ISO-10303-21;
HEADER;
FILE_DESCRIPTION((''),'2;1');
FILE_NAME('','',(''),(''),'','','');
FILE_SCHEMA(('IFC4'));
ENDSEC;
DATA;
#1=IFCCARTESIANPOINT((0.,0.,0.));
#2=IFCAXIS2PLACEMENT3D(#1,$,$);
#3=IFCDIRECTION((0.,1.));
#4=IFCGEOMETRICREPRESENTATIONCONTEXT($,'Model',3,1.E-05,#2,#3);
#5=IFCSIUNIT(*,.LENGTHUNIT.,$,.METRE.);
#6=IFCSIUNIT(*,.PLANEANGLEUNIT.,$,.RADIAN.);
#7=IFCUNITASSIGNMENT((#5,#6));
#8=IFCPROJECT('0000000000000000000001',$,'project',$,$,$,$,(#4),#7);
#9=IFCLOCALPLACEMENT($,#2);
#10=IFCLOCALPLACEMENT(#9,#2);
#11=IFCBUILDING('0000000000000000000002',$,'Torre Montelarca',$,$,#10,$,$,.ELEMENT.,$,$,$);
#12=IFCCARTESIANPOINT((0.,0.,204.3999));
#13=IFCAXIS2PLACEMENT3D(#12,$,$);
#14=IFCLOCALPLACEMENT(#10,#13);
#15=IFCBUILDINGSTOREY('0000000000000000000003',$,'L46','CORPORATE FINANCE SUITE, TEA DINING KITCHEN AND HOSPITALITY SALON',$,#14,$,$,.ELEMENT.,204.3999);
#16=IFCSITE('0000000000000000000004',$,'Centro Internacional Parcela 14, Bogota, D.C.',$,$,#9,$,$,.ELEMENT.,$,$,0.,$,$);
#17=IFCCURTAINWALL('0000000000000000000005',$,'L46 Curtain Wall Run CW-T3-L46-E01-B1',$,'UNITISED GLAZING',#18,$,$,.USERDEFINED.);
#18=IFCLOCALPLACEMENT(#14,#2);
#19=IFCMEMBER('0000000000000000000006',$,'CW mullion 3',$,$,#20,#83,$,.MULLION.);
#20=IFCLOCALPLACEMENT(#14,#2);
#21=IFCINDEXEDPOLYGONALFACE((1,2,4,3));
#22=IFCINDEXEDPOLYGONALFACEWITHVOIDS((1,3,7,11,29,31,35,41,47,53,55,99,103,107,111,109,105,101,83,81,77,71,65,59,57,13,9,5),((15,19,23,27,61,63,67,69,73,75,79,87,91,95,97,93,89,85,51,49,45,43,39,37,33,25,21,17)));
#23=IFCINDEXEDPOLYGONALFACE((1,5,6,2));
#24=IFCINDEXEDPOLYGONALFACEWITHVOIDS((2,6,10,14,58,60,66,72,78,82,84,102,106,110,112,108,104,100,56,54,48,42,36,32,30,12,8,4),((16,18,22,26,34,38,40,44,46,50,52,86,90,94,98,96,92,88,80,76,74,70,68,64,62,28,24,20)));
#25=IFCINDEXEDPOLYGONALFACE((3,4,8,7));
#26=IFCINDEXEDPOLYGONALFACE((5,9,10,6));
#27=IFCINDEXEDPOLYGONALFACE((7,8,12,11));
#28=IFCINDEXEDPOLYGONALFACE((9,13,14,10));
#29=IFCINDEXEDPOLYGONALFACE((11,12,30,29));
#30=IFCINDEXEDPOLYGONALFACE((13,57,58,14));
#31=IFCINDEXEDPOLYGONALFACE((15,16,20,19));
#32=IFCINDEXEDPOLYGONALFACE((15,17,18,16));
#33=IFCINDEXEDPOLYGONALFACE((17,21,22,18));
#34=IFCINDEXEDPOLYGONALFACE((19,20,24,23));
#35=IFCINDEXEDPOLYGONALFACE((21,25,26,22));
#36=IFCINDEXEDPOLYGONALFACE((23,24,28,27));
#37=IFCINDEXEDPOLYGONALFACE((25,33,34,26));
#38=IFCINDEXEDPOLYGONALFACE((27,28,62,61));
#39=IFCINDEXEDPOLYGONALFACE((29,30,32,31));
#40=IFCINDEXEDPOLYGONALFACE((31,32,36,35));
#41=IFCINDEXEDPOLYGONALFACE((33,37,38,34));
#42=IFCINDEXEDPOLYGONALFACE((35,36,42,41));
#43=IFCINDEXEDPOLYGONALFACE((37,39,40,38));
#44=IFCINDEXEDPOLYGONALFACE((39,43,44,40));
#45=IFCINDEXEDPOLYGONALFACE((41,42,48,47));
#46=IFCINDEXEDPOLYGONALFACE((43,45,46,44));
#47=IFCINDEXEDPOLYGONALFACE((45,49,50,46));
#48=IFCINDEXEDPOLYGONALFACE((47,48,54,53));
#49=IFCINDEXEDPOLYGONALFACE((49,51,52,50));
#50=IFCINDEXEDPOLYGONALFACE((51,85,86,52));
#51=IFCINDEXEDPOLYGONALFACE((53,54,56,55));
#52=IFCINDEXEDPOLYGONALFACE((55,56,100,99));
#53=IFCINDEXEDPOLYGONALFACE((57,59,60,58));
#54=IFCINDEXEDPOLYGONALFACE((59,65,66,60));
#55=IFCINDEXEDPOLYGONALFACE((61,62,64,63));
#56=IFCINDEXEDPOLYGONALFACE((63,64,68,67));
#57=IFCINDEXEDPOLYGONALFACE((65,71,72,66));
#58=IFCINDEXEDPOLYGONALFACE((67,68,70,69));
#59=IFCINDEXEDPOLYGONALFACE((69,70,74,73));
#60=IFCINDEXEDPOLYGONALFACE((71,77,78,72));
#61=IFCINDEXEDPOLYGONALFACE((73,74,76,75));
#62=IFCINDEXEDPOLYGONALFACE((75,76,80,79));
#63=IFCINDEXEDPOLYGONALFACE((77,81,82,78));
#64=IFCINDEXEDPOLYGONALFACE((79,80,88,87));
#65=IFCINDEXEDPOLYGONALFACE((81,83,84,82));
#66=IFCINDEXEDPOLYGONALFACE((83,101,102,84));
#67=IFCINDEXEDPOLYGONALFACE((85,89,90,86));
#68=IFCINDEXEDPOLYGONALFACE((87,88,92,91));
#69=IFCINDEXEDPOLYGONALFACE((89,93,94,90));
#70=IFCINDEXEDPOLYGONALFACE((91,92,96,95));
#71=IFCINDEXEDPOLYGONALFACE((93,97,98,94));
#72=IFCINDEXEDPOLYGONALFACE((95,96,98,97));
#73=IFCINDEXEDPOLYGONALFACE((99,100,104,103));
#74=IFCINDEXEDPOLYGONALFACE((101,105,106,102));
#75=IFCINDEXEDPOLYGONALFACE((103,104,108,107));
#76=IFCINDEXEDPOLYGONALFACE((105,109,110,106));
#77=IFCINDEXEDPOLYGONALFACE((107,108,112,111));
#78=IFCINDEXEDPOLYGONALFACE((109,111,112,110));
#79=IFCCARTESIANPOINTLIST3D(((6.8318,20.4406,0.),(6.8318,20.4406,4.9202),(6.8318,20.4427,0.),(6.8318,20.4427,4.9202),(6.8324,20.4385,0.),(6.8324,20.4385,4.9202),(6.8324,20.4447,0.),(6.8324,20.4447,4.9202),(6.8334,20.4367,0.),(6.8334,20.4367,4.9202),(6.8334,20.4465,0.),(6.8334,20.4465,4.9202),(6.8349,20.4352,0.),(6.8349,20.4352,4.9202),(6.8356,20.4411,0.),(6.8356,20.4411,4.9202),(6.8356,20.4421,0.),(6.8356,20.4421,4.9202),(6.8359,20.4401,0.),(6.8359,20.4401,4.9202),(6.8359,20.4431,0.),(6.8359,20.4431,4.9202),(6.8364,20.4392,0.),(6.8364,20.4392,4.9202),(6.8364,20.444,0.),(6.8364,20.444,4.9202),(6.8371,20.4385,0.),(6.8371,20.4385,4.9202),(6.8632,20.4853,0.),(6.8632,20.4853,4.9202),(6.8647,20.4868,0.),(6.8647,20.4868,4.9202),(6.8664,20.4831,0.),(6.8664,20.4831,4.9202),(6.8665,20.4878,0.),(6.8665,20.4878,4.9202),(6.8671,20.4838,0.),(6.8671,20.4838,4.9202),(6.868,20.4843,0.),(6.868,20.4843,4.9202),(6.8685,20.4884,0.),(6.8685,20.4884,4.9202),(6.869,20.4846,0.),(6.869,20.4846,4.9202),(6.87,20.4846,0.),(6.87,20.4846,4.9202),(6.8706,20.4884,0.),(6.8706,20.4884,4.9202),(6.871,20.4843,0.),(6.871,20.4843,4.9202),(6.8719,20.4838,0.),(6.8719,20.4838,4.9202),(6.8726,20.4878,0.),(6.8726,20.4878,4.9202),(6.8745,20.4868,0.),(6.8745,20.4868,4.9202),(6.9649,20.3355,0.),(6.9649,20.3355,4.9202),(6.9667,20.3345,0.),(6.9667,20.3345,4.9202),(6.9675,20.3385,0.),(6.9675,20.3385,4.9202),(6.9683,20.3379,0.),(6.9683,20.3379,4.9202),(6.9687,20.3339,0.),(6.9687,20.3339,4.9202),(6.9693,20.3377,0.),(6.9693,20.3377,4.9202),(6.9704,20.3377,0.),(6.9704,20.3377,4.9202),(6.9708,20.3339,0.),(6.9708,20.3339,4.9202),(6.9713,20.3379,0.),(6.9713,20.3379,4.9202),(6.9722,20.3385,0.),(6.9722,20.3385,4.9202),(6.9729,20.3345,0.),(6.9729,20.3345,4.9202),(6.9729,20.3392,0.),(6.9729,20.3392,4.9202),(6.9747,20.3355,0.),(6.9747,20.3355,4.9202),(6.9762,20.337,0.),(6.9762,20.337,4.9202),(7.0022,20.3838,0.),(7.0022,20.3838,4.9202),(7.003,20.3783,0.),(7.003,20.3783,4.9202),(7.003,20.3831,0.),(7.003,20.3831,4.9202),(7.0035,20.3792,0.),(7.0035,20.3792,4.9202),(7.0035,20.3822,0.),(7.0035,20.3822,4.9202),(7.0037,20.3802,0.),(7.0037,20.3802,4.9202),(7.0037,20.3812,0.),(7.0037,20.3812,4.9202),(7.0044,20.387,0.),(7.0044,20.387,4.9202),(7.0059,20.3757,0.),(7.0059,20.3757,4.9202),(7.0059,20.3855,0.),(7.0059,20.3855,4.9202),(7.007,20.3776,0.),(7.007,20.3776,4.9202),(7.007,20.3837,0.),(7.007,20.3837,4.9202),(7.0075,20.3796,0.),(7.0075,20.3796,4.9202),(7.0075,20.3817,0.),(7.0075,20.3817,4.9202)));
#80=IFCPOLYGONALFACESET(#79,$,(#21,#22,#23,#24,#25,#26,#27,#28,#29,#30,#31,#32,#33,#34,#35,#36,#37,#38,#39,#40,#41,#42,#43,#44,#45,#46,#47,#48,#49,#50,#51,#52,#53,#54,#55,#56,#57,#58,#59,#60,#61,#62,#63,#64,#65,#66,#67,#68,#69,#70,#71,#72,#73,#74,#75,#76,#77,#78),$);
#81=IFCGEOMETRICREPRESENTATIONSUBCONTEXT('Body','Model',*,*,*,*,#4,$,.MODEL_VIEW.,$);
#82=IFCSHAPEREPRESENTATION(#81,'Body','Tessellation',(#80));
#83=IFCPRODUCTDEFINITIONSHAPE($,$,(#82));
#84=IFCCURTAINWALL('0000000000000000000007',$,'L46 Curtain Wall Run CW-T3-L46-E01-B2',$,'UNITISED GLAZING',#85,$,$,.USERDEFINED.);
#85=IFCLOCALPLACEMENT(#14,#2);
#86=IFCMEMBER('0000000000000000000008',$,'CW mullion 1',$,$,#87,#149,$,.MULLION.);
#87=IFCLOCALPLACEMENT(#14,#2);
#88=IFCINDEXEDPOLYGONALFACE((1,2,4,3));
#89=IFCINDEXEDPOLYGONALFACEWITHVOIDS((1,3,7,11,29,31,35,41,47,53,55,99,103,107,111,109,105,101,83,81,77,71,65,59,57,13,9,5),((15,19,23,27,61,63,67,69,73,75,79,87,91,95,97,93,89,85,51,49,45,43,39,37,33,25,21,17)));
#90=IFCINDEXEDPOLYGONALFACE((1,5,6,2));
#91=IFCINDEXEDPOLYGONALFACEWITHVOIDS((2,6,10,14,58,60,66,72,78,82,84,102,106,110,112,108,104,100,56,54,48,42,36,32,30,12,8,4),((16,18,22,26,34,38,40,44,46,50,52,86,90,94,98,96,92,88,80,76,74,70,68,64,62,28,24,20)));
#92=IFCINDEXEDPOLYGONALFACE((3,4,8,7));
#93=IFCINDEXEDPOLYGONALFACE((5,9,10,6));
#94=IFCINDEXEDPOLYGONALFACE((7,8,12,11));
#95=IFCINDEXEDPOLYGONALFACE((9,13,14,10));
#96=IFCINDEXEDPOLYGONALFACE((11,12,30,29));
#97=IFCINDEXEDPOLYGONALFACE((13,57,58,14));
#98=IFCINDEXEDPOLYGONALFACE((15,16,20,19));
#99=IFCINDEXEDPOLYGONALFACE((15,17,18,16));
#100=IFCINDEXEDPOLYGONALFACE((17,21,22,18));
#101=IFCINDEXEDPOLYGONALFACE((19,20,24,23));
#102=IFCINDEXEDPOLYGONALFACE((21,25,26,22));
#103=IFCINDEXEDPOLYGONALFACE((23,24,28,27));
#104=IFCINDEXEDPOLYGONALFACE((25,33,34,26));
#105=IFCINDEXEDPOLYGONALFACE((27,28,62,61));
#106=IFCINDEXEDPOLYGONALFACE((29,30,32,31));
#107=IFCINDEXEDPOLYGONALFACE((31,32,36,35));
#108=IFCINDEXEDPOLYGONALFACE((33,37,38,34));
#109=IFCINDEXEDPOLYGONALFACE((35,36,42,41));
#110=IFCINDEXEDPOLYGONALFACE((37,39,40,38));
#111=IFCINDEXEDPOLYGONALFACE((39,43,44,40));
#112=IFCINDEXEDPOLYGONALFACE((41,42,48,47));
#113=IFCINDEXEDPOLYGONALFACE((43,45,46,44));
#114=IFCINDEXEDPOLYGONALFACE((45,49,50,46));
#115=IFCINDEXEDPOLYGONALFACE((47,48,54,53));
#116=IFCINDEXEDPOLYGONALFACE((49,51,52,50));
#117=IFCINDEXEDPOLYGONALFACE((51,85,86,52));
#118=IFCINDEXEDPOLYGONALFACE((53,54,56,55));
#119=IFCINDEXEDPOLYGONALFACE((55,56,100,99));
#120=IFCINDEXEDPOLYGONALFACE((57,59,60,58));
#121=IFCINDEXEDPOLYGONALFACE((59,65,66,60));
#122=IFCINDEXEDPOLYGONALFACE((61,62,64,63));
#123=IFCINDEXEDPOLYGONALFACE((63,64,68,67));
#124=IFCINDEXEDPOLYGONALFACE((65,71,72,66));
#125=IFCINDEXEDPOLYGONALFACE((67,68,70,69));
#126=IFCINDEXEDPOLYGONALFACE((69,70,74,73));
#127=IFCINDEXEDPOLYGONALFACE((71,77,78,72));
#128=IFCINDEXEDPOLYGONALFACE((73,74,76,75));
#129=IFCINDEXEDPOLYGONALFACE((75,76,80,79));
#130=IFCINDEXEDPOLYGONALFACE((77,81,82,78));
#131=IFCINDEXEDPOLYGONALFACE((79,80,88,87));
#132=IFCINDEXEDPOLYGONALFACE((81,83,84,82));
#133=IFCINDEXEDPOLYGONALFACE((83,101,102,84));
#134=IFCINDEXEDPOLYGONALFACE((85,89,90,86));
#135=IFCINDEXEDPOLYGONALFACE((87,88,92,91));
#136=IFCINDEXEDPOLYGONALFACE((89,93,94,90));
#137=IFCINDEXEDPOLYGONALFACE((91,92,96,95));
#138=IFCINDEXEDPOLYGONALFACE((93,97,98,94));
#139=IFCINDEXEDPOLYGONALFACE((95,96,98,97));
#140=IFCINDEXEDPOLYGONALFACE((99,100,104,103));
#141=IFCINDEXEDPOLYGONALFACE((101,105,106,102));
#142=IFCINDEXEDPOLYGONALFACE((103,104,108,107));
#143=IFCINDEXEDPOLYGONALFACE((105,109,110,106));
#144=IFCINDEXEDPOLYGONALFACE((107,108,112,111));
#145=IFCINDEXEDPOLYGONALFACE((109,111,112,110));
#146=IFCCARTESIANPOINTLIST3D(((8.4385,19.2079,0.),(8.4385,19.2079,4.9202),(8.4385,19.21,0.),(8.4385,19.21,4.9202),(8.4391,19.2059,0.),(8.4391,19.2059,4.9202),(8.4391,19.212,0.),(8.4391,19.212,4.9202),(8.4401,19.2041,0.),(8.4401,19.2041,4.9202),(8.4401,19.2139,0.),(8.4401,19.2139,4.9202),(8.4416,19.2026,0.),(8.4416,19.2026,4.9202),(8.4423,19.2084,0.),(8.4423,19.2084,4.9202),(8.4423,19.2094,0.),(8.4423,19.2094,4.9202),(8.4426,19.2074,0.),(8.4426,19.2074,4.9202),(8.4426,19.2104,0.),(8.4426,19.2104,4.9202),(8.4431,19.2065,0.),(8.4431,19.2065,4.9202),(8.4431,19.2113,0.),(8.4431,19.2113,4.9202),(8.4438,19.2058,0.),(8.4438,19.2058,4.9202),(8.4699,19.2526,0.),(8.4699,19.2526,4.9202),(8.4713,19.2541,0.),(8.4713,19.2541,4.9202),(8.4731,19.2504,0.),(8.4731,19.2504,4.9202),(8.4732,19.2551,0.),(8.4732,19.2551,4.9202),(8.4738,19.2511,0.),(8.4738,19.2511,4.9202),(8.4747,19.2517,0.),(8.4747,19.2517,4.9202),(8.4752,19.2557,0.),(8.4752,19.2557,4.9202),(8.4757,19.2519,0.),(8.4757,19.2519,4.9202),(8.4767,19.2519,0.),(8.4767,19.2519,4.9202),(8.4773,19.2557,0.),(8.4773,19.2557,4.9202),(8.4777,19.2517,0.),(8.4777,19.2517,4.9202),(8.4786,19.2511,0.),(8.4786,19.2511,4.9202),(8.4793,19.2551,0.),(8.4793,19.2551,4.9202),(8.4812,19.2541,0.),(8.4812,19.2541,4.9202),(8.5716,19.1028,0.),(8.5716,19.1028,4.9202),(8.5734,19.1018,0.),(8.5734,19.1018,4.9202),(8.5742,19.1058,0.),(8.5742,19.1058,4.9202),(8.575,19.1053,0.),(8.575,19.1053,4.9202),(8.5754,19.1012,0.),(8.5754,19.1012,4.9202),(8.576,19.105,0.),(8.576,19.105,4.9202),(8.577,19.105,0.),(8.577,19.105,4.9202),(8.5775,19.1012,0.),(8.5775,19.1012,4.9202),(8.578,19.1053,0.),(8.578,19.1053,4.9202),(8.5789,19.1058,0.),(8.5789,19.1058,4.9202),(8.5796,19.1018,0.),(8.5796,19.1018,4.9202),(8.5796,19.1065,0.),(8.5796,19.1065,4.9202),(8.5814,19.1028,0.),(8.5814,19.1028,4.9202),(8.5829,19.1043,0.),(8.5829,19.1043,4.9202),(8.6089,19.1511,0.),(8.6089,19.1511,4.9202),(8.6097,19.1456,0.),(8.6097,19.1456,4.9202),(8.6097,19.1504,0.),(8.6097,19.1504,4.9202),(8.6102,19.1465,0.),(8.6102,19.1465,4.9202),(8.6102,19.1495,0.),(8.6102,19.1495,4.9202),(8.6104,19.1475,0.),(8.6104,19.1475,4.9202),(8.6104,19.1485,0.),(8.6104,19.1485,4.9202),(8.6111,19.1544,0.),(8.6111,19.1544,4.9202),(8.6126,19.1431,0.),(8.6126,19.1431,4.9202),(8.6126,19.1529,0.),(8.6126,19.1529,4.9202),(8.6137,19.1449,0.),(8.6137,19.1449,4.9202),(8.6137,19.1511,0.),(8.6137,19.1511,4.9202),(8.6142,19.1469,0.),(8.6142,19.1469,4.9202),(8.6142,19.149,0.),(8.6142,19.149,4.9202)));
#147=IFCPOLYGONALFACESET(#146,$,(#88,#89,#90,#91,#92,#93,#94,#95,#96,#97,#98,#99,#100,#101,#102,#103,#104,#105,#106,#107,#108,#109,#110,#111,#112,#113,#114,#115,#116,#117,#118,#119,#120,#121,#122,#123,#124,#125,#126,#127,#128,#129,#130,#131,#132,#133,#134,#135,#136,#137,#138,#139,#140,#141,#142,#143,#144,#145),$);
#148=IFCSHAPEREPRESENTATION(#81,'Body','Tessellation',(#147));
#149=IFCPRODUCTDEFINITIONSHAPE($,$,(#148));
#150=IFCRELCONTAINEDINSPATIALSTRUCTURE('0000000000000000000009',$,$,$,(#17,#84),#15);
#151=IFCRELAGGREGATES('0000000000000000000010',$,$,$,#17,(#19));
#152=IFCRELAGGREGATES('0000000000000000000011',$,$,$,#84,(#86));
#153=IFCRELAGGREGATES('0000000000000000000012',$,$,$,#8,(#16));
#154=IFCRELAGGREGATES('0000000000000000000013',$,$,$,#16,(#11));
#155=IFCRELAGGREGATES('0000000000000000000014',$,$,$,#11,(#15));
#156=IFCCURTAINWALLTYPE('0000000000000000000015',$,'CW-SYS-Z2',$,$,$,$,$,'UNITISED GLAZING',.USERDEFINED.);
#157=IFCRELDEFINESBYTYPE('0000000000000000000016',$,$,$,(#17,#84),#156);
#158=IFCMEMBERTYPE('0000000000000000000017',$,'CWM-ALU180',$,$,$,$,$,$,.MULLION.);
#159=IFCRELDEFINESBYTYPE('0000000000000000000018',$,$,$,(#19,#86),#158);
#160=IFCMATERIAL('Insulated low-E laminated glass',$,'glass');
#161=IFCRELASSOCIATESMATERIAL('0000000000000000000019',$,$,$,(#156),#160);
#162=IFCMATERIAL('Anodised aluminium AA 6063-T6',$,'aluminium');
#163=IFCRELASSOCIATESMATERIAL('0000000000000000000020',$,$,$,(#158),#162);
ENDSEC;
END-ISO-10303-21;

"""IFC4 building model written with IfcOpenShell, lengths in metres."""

from ifc_helpers import new_model, si_unit, direction, frame, origin, origin_2d, place, context, subcontext, project, spatial, hollow_rectangle, extrude, source, transform, mapped, material, material_profile, profile_set, type_object, element, aggregate, save


model = new_model("IFC4")

# Units and contexts
model_context = context("Model", 3, precision=1e-05, world=origin(), true_north=direction((0.0, 1.0)))
body_context = subcontext(model_context, "Body", "Model", "MODEL_VIEW")
ifc_project = project(units=[si_unit("LENGTHUNIT", "METRE"), si_unit("PLANEANGLEUNIT", "RADIAN")], contexts=[model_context])

# Site, building, storey
site_placement = place(None, origin())
site = spatial("IfcSite", under=ifc_project, at=site_placement, Name="Centro Internacional Parcela 14, Bogota, D.C.", CompositionType="ELEMENT", RefElevation=0.0)
building_placement = place(site_placement, origin())
building = spatial("IfcBuilding", under=site, at=building_placement, Name="Torre Montelarca", CompositionType="ELEMENT")
storey_placement = place(building_placement, frame((0.0, 0.0, 204.3999)))
storey = spatial("IfcBuildingStorey", under=building, at=storey_placement, Name="L46", Description="CORPORATE FINANCE SUITE, TEA DINING KITCHEN AND HOSPITALITY SALON", CompositionType="ELEMENT", Elevation=204.3999)

# Shared definitions
ifc_material_1 = material(Name="Insulated low-E laminated glass", Category="glass")
curtain_wall_type = type_object("IfcCurtainWallType", Name="CW-SYS-Z2", ElementType="UNITISED GLAZING", PredefinedType="USERDEFINED", material=ifc_material_1)
ifc_material_2 = material(Name="Anodised aluminium AA 6063-T6", Category="aluminium")

# Curtain wall, member
curtain_wall_1_placement = place(storey_placement, origin())
curtain_wall_1 = element("IfcCurtainWall", 1, at=curtain_wall_1_placement, inside=storey, type_object=curtain_wall_type, Name="L46 Curtain Wall Run CW-T3-L46-E01-B1", ObjectType="UNITISED GLAZING", PredefinedType="USERDEFINED")
ifc_material_profile_1 = material_profile(ifc_material_2, hollow_rectangle(XDim=0.0649, YDim=0.1799, WallThickness=0.0039, InnerFilletRadius=0.0039, OuterFilletRadius=0.0081, at=origin_2d()), Name="ALU65X180X4", Category="aluminium")
ifc_profile_set_1 = profile_set([ifc_material_profile_1], Name="Anodised aluminium AA 6063-T6")
member_type_1 = type_object("IfcMemberType", Name="CWM-ALU180", PredefinedType="MULLION", material=ifc_profile_set_1)
shared_shape_1 = source(origin(), body_context, "Body", "SweptSolid", [
    extrude(hollow_rectangle(XDim=0.0649, YDim=0.1799, WallThickness=0.0039, InnerFilletRadius=0.0039, OuterFilletRadius=0.0081, at=origin_2d()), origin(), (0.0, 0.0, 1.0), 4.9202),
])
member_1_placement = place(storey_placement, frame((6.9197, 20.4111, 0.0), z_axis=(0.0, 0.0, 1.0), x_axis=(0.608764, 0.793352, 0.0)))
member_1 = element("IfcMember", 2, at=member_1_placement, type_object=member_type_1, Name="CW mullion 3", PredefinedType="MULLION", context=body_context, shape_type="MappedRepresentation", body=[
    mapped(shared_shape_1, transform((0.0, 0.0, 0.0), scale=1.0)),
])
aggregate(curtain_wall_1, [member_1])

# Curtain wall, member
curtain_wall_2_placement = place(storey_placement, origin())
curtain_wall_2 = element("IfcCurtainWall", 3, at=curtain_wall_2_placement, inside=storey, type_object=curtain_wall_type, Name="L46 Curtain Wall Run CW-T3-L46-E01-B2", ObjectType="UNITISED GLAZING", PredefinedType="USERDEFINED")
member_2_placement = place(storey_placement, frame((8.5264, 19.1785, 0.0), z_axis=(0.0, 0.0, 1.0), x_axis=(0.608767, 0.793349, 0.0)))
member_2 = element("IfcMember", 4, at=member_2_placement, type_object=member_type_1, Name="CW mullion 1", PredefinedType="MULLION", context=body_context, shape_type="MappedRepresentation", body=[
    mapped(shared_shape_1, transform((0.0, 0.0, 0.0), scale=1.0)),
])

aggregate(curtain_wall_2, [member_2])

save(model, "model.ifc")
